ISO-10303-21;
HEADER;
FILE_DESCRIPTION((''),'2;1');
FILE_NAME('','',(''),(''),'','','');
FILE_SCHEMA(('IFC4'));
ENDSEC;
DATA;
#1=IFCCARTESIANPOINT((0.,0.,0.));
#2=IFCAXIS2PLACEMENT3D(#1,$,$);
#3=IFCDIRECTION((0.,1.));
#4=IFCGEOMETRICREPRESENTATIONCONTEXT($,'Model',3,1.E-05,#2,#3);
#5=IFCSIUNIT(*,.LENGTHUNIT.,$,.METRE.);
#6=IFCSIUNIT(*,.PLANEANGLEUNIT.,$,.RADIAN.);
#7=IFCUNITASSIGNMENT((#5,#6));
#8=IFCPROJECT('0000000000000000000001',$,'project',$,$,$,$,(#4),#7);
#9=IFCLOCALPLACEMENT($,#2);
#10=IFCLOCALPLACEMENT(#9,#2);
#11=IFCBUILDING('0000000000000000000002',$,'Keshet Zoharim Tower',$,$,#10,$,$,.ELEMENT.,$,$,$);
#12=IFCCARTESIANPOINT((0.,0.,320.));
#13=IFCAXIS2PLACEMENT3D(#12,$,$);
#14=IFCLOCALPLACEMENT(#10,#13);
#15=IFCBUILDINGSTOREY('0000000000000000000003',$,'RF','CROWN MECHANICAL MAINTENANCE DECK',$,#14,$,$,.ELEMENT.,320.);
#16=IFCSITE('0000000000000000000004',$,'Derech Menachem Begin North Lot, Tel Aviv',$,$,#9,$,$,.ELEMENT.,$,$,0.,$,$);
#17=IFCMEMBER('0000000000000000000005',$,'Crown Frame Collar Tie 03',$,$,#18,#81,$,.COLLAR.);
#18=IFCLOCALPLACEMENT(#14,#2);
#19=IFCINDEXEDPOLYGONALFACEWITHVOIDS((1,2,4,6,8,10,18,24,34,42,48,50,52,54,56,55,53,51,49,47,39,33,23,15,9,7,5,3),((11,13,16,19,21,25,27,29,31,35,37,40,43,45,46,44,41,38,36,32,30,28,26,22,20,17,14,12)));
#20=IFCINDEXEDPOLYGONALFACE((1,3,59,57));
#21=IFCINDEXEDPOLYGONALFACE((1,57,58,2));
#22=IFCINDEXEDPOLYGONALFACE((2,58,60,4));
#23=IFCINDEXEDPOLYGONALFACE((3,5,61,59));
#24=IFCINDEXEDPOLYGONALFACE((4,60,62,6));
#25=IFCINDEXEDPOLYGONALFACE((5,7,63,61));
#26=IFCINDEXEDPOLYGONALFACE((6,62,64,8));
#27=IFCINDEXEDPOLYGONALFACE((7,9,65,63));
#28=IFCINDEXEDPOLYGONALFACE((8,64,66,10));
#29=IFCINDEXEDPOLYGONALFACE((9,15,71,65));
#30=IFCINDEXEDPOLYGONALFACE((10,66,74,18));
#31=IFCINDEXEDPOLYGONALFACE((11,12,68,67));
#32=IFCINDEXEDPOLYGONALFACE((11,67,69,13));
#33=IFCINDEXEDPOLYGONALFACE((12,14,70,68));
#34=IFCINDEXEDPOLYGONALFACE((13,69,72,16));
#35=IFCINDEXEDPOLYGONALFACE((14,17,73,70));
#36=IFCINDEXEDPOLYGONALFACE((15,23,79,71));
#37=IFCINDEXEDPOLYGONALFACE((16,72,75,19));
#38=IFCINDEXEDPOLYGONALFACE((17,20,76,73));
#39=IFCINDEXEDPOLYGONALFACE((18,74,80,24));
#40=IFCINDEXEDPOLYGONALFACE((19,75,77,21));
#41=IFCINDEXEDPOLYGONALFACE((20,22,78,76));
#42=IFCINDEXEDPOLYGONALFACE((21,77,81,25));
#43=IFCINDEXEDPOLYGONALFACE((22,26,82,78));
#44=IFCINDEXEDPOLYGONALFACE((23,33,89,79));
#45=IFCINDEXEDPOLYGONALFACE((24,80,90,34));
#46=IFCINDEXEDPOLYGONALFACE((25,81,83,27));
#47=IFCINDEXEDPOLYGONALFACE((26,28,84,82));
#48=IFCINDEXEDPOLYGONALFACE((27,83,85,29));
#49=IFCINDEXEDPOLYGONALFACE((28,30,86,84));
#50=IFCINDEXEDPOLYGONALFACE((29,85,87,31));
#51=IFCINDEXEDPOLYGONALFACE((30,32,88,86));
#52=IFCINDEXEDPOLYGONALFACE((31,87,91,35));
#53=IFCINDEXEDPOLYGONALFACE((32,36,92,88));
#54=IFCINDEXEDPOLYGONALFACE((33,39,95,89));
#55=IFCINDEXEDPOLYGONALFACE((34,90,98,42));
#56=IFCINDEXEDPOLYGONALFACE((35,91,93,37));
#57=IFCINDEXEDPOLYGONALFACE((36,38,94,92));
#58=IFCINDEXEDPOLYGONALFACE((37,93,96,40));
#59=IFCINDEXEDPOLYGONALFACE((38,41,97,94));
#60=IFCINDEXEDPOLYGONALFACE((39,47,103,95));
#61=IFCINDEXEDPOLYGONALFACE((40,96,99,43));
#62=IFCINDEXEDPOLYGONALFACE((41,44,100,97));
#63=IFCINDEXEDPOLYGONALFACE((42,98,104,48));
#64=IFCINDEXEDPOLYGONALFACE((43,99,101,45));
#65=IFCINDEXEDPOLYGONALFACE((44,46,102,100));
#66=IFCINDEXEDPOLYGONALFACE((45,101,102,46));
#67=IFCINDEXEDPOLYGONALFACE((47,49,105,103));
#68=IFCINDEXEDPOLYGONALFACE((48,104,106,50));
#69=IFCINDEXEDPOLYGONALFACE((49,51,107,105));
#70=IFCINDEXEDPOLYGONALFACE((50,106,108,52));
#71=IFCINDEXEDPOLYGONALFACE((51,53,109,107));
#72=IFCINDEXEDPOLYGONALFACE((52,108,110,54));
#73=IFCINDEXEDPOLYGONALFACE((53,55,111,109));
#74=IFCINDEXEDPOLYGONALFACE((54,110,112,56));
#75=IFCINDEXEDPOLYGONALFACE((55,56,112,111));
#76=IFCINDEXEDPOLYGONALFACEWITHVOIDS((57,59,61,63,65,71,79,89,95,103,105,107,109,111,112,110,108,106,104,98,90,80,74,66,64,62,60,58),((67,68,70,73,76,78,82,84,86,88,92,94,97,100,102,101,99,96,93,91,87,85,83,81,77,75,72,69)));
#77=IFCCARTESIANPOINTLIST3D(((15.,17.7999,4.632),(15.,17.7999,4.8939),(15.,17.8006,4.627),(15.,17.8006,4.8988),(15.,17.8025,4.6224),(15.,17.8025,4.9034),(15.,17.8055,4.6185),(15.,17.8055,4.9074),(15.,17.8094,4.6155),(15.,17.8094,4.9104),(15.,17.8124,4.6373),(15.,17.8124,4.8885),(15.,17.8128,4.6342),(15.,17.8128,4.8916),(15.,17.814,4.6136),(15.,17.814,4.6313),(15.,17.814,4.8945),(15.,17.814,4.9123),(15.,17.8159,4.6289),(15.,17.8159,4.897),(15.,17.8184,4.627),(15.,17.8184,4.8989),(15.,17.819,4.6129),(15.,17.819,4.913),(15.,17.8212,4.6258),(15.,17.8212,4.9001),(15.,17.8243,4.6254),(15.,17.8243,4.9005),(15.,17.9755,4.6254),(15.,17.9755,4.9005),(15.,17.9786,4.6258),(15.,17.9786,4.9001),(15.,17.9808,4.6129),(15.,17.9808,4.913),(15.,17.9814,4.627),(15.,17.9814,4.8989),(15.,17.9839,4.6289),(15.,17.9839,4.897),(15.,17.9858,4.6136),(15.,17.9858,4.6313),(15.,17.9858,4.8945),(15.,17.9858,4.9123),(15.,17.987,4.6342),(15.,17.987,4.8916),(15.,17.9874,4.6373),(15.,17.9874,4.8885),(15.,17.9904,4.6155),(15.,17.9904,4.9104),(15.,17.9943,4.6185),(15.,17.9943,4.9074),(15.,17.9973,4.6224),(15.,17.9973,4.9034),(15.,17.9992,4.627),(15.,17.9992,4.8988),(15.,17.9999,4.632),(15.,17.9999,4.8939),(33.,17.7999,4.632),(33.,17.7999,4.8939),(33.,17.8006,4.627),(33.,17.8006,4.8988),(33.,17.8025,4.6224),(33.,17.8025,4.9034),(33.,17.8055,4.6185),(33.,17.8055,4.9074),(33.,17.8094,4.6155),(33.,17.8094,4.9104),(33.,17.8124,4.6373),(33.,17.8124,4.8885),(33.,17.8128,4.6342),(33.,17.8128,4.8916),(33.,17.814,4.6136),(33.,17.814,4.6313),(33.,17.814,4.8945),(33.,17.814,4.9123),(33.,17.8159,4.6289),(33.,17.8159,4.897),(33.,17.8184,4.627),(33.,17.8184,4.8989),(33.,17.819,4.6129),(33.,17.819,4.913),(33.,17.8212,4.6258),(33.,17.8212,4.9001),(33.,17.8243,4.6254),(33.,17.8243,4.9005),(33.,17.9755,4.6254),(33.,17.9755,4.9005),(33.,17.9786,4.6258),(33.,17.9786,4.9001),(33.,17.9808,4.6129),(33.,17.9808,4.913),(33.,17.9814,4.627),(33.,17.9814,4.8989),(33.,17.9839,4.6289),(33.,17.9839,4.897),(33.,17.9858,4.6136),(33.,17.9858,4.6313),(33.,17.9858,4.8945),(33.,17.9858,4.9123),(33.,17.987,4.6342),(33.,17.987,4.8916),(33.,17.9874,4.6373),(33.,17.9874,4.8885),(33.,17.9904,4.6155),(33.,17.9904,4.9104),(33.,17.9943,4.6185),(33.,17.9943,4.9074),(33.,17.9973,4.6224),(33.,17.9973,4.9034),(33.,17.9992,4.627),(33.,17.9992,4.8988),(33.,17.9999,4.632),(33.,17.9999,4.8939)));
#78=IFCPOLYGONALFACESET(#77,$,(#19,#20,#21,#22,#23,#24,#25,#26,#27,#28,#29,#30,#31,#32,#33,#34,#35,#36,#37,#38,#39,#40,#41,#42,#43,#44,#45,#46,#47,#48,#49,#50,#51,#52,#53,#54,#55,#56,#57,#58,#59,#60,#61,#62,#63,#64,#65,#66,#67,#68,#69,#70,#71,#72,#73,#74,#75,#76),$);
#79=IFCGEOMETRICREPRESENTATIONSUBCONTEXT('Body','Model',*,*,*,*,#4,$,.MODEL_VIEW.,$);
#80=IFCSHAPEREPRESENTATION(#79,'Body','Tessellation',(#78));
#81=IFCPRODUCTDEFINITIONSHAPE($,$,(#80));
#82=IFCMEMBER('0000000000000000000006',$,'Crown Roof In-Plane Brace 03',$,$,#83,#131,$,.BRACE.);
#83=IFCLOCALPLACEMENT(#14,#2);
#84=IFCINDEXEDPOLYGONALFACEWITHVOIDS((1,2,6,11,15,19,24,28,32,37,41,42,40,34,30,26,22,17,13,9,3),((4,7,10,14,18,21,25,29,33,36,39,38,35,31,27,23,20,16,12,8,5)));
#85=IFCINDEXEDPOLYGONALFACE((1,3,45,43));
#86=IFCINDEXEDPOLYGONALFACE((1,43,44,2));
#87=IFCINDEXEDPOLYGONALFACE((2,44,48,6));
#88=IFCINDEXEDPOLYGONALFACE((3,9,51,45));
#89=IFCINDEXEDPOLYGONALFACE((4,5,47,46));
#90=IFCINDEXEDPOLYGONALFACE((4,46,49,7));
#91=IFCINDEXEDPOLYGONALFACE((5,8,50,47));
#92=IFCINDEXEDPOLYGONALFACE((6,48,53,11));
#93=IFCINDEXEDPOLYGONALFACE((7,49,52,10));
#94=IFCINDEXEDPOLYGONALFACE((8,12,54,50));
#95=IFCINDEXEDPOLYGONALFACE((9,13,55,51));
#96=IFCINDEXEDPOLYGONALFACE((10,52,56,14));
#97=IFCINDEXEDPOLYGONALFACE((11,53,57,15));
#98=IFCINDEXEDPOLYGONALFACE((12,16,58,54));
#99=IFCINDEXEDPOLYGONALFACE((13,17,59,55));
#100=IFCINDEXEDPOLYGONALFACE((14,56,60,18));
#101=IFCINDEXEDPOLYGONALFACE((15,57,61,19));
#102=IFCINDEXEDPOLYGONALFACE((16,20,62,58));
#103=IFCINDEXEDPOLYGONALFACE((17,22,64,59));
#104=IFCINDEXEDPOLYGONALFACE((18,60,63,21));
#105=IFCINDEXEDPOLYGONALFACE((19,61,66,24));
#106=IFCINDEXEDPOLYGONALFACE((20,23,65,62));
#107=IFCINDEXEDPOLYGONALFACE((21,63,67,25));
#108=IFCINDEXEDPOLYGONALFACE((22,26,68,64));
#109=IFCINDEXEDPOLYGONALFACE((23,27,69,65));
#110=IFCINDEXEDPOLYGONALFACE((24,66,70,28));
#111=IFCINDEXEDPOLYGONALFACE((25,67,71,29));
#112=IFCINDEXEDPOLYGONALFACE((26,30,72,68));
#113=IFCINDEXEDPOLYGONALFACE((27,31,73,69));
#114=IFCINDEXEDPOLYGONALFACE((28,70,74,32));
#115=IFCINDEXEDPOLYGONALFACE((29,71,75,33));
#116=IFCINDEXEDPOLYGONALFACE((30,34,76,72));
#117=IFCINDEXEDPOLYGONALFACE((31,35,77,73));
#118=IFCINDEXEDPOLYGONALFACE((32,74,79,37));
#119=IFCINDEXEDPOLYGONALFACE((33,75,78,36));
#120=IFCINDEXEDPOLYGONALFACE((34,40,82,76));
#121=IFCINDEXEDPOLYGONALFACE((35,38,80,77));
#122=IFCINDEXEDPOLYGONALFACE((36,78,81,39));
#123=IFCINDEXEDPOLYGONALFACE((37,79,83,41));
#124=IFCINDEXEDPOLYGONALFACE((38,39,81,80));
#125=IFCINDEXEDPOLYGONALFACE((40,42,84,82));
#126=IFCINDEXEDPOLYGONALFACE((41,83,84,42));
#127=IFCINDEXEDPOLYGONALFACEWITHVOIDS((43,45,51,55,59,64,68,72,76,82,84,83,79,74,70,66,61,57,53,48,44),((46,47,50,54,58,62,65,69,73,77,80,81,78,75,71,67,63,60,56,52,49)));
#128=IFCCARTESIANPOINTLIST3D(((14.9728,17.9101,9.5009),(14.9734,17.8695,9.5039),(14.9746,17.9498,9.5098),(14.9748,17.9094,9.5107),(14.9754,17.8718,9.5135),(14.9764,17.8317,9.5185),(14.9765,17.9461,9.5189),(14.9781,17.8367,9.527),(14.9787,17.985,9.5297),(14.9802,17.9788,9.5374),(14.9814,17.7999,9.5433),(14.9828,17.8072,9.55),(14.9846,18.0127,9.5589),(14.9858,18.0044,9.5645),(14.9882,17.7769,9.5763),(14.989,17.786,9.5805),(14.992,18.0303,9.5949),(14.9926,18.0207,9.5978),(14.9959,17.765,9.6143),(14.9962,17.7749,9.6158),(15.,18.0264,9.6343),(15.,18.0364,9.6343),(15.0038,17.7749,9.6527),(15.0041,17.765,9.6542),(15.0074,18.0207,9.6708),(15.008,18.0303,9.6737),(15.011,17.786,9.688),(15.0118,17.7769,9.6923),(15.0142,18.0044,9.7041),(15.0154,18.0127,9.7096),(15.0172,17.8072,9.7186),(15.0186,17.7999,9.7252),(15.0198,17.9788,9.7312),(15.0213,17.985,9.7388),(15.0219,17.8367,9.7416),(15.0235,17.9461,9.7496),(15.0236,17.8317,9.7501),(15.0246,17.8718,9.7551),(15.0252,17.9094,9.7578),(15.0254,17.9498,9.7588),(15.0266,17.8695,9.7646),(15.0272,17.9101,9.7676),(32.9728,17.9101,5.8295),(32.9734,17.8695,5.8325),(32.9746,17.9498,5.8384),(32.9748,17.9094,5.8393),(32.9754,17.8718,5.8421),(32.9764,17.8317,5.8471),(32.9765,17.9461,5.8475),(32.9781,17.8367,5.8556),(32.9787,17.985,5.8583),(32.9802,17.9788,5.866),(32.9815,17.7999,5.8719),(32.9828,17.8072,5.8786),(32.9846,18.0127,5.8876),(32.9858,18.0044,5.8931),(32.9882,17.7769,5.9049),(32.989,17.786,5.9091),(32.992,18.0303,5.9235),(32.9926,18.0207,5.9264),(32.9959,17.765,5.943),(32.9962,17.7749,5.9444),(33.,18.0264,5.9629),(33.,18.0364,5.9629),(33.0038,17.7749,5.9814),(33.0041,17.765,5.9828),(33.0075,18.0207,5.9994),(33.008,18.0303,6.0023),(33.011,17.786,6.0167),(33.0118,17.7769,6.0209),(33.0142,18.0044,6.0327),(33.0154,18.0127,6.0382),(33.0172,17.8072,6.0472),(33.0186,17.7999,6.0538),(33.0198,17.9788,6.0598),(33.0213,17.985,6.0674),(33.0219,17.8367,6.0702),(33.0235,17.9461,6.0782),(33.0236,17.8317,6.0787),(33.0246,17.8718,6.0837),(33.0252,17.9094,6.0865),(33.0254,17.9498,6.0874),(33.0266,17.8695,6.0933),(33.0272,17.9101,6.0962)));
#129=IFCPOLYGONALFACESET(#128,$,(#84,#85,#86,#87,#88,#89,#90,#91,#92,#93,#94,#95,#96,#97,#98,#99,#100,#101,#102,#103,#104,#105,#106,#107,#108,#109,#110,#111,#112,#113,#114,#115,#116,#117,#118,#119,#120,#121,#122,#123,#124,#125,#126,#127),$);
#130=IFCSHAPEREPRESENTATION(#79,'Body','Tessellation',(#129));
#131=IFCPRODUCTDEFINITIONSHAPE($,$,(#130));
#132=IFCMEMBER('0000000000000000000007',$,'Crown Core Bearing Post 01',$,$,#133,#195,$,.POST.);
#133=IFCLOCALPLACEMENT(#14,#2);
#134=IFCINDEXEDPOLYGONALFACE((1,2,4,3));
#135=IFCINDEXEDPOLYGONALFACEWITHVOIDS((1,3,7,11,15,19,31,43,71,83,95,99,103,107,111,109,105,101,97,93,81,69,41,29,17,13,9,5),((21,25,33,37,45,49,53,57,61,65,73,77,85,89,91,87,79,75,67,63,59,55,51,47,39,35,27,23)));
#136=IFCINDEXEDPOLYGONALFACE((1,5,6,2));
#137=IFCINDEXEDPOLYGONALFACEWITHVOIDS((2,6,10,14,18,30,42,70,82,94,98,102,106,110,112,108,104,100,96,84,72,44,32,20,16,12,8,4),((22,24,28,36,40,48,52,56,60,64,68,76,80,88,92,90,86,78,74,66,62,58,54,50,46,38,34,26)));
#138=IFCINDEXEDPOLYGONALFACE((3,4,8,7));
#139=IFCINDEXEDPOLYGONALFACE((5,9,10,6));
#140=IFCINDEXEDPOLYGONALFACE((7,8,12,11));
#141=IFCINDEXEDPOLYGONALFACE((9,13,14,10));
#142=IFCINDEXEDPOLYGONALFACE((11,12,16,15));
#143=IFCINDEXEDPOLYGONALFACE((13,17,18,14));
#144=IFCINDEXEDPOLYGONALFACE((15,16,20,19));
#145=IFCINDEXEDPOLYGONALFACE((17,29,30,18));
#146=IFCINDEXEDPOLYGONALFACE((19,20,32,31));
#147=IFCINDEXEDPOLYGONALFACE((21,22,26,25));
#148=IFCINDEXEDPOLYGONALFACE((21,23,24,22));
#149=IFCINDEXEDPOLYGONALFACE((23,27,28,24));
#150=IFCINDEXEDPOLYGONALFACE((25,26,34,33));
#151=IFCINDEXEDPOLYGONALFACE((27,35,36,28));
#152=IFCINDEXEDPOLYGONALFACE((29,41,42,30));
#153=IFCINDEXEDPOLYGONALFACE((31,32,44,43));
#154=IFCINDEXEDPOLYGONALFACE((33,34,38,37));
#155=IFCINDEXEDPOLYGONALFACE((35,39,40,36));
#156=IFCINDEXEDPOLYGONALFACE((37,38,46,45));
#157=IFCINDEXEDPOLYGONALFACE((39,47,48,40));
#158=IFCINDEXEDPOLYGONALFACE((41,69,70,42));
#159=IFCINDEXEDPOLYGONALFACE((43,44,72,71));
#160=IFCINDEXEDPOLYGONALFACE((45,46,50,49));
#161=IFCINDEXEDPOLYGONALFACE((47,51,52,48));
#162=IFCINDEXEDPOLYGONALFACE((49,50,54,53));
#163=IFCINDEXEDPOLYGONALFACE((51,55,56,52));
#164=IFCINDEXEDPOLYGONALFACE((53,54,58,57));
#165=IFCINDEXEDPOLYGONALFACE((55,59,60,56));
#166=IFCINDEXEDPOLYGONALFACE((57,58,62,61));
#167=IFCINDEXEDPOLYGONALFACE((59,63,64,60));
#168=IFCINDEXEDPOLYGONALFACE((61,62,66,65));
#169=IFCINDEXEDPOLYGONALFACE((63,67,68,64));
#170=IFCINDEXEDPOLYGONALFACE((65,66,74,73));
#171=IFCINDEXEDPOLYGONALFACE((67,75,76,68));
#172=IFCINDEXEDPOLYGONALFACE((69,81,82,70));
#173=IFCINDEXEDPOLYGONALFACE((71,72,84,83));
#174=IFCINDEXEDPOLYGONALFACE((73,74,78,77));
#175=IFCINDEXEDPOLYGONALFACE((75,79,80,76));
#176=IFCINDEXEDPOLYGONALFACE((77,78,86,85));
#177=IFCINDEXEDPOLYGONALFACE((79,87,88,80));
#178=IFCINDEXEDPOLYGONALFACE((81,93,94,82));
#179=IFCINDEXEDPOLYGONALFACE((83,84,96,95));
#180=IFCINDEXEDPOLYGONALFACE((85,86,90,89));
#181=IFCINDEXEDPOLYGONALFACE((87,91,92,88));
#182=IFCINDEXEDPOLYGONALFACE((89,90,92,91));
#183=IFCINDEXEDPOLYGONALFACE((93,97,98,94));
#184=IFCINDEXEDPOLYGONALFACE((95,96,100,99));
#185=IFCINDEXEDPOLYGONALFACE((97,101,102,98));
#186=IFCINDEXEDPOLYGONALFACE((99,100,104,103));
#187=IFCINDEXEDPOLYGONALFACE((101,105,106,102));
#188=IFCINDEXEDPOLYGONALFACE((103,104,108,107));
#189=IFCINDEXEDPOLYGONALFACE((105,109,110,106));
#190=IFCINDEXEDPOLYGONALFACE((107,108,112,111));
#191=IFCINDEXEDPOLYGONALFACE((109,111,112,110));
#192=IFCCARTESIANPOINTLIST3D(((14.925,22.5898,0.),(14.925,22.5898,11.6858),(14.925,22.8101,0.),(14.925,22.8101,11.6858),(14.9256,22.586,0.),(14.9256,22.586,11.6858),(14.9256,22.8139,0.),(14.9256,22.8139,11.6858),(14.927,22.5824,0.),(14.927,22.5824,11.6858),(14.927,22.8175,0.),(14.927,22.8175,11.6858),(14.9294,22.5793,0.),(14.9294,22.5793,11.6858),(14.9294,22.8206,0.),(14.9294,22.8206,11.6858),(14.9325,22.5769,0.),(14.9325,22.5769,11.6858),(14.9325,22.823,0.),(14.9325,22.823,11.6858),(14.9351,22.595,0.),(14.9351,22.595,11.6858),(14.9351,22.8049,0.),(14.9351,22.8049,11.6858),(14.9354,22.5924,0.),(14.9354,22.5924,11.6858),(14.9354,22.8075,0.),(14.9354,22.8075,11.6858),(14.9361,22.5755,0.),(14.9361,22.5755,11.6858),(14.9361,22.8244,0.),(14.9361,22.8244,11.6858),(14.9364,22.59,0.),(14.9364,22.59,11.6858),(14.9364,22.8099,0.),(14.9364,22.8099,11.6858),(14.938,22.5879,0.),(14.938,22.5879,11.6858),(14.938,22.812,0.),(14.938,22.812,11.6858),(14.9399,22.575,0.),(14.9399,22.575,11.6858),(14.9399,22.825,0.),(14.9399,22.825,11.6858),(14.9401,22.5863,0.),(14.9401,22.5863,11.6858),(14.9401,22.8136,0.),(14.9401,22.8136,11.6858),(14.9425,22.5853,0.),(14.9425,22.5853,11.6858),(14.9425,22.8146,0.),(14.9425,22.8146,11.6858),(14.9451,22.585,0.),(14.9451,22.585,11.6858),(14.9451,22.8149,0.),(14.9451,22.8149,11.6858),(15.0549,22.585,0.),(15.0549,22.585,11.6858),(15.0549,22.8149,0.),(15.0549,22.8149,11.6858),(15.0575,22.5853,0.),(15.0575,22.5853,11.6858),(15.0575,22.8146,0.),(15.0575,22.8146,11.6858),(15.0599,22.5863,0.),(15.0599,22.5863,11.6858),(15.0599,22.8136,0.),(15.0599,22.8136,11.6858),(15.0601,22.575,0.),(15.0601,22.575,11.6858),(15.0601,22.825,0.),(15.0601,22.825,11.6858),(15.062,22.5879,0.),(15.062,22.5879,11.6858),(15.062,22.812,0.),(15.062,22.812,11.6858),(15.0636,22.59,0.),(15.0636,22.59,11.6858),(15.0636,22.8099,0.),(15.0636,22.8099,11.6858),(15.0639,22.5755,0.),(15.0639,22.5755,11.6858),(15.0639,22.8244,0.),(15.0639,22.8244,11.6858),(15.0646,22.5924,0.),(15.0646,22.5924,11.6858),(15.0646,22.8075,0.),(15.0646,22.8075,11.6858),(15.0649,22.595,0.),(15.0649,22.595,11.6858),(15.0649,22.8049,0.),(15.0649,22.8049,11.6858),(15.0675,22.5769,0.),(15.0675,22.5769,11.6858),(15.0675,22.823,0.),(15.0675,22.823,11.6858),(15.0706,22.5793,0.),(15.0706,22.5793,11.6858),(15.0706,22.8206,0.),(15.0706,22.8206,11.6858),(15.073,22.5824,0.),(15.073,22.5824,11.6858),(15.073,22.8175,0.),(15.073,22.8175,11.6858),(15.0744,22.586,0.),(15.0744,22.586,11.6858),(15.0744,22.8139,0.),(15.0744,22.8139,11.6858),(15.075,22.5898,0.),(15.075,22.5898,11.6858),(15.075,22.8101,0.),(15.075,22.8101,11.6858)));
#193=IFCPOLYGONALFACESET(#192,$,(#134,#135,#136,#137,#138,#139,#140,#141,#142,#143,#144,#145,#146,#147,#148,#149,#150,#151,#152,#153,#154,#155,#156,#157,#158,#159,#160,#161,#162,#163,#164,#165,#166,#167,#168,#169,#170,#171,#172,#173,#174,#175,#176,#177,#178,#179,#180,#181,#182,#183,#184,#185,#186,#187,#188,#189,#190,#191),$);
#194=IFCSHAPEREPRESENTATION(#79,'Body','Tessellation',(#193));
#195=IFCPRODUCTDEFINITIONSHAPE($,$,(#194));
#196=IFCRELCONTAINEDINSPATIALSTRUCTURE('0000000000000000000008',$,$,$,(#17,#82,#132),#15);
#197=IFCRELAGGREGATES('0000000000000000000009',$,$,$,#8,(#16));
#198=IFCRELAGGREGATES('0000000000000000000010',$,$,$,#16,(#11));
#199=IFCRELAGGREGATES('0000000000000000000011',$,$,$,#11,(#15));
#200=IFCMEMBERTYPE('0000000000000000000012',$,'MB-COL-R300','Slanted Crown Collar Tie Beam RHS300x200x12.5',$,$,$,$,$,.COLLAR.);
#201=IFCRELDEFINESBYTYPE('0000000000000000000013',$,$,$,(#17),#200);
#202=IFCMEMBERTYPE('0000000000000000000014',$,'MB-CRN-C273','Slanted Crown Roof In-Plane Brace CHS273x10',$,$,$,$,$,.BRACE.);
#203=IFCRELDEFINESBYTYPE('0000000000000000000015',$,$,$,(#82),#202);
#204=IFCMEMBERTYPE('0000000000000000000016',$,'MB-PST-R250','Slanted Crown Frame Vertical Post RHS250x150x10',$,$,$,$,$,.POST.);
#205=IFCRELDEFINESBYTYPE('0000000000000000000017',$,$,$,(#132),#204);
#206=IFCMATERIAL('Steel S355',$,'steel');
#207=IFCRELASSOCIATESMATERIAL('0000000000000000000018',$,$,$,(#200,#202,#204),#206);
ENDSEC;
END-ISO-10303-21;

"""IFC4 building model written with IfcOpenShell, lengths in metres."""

from ifc_helpers import new_model, si_unit, direction, frame, origin, origin_2d, place, context, subcontext, project, spatial, hollow_rectangle, hollow_circle, extrude, material, material_profile, profile_set, type_object, element, save


model = new_model("IFC4")

# Units and contexts
model_context = context("Model", 3, precision=1e-05, world=origin(), true_north=direction((0.0, 1.0)))
body_context = subcontext(model_context, "Body", "Model", "MODEL_VIEW")
ifc_project = project(units=[si_unit("LENGTHUNIT", "METRE"), si_unit("PLANEANGLEUNIT", "RADIAN")], contexts=[model_context])

# Site, building, storey
site_placement = place(None, origin())
site = spatial("IfcSite", under=ifc_project, at=site_placement, Name="Derech Menachem Begin North Lot, Tel Aviv", CompositionType="ELEMENT", RefElevation=0.0)
building_placement = place(site_placement, origin())
building = spatial("IfcBuilding", under=site, at=building_placement, Name="Keshet Zoharim Tower", CompositionType="ELEMENT")
storey_placement = place(building_placement, frame((0.0, 0.0, 320.0)))
storey = spatial("IfcBuildingStorey", under=building, at=storey_placement, Name="RF", Description="CROWN MECHANICAL MAINTENANCE DECK", CompositionType="ELEMENT", Elevation=320.0)

# Shared definitions
ifc_material_1 = material(Name="Steel S355", Category="steel")

# Members
ifc_material_profile_1 = material_profile(ifc_material_1, hollow_rectangle(XDim=0.2, YDim=0.3, WallThickness=0.0125, InnerFilletRadius=0.012, OuterFilletRadius=0.019, at=origin_2d()), Name="RHS300x200x12.5")
ifc_profile_set_1 = profile_set([ifc_material_profile_1], Name="Steel S355")
member_type_1 = type_object("IfcMemberType", Name="MB-COL-R300", Description="Slanted Crown Collar Tie Beam RHS300x200x12.5", PredefinedType="COLLAR", material=ifc_profile_set_1)
member_1_placement = place(storey_placement, frame((15.0, 17.8999, 4.7629), z_axis=(1.0, 0.0, 0.0), x_axis=(0.0, 1.0, 0.0)))
element("IfcMember", 1, at=member_1_placement, inside=storey, type_object=member_type_1, Name="Crown Frame Collar Tie 03", PredefinedType="COLLAR", context=body_context, shape_type="SweptSolid", body=[
    extrude(hollow_rectangle(XDim=0.2, YDim=0.3, WallThickness=0.0125, InnerFilletRadius=0.012, OuterFilletRadius=0.019, at=origin_2d()), origin(), (0.0, 0.0, 1.0), 18.0),
])
ifc_material_profile_2 = material_profile(ifc_material_1, hollow_circle(Radius=0.1365, WallThickness=0.01, at=origin_2d()), Name="CHS273x10")
ifc_profile_set_2 = profile_set([ifc_material_profile_2], Name="Steel S355")
member_type_2 = type_object("IfcMemberType", Name="MB-CRN-C273", Description="Slanted Crown Roof In-Plane Brace CHS273x10", PredefinedType="BRACE", material=ifc_profile_set_2)
member_2_placement = place(storey_placement, frame((15.0, 17.8999, 9.6343), z_axis=(0.979826, 0.0, -0.199851), x_axis=(0.0, 1.0, 0.0)))
element("IfcMember", 2, at=member_2_placement, inside=storey, type_object=member_type_2, Name="Crown Roof In-Plane Brace 03", PredefinedType="BRACE", context=body_context, shape_type="SweptSolid", body=[
    extrude(hollow_circle(Radius=0.1365, WallThickness=0.01, at=origin_2d()), origin(), (0.0, 0.0, 1.0), 18.3706),
])
ifc_material_profile_3 = material_profile(ifc_material_1, hollow_rectangle(XDim=0.1499, YDim=0.25, WallThickness=0.01, InnerFilletRadius=0.01, OuterFilletRadius=0.0149, at=origin_2d()), Name="RHS250x150x10")
ifc_profile_set_3 = profile_set([ifc_material_profile_3], Name="Steel S355")
member_type_3 = type_object("IfcMemberType", Name="MB-PST-R250", Description="Slanted Crown Frame Vertical Post RHS250x150x10", PredefinedType="POST", material=ifc_profile_set_3)
member_3_placement = place(storey_placement, frame((15.0, 22.7, 0.0), z_axis=(0.0, 0.0, 1.0), x_axis=(1.0, 0.0, 0.0)))
element("IfcMember", 3, at=member_3_placement, inside=storey, type_object=member_type_3, Name="Crown Core Bearing Post 01", PredefinedType="POST", context=body_context, shape_type="SweptSolid", body=[
    extrude(hollow_rectangle(XDim=0.1499, YDim=0.25, WallThickness=0.01, InnerFilletRadius=0.01, OuterFilletRadius=0.0149, at=origin_2d()), origin(), (0.0, 0.0, 1.0), 11.6858),
])

save(model, "model.ifc")
